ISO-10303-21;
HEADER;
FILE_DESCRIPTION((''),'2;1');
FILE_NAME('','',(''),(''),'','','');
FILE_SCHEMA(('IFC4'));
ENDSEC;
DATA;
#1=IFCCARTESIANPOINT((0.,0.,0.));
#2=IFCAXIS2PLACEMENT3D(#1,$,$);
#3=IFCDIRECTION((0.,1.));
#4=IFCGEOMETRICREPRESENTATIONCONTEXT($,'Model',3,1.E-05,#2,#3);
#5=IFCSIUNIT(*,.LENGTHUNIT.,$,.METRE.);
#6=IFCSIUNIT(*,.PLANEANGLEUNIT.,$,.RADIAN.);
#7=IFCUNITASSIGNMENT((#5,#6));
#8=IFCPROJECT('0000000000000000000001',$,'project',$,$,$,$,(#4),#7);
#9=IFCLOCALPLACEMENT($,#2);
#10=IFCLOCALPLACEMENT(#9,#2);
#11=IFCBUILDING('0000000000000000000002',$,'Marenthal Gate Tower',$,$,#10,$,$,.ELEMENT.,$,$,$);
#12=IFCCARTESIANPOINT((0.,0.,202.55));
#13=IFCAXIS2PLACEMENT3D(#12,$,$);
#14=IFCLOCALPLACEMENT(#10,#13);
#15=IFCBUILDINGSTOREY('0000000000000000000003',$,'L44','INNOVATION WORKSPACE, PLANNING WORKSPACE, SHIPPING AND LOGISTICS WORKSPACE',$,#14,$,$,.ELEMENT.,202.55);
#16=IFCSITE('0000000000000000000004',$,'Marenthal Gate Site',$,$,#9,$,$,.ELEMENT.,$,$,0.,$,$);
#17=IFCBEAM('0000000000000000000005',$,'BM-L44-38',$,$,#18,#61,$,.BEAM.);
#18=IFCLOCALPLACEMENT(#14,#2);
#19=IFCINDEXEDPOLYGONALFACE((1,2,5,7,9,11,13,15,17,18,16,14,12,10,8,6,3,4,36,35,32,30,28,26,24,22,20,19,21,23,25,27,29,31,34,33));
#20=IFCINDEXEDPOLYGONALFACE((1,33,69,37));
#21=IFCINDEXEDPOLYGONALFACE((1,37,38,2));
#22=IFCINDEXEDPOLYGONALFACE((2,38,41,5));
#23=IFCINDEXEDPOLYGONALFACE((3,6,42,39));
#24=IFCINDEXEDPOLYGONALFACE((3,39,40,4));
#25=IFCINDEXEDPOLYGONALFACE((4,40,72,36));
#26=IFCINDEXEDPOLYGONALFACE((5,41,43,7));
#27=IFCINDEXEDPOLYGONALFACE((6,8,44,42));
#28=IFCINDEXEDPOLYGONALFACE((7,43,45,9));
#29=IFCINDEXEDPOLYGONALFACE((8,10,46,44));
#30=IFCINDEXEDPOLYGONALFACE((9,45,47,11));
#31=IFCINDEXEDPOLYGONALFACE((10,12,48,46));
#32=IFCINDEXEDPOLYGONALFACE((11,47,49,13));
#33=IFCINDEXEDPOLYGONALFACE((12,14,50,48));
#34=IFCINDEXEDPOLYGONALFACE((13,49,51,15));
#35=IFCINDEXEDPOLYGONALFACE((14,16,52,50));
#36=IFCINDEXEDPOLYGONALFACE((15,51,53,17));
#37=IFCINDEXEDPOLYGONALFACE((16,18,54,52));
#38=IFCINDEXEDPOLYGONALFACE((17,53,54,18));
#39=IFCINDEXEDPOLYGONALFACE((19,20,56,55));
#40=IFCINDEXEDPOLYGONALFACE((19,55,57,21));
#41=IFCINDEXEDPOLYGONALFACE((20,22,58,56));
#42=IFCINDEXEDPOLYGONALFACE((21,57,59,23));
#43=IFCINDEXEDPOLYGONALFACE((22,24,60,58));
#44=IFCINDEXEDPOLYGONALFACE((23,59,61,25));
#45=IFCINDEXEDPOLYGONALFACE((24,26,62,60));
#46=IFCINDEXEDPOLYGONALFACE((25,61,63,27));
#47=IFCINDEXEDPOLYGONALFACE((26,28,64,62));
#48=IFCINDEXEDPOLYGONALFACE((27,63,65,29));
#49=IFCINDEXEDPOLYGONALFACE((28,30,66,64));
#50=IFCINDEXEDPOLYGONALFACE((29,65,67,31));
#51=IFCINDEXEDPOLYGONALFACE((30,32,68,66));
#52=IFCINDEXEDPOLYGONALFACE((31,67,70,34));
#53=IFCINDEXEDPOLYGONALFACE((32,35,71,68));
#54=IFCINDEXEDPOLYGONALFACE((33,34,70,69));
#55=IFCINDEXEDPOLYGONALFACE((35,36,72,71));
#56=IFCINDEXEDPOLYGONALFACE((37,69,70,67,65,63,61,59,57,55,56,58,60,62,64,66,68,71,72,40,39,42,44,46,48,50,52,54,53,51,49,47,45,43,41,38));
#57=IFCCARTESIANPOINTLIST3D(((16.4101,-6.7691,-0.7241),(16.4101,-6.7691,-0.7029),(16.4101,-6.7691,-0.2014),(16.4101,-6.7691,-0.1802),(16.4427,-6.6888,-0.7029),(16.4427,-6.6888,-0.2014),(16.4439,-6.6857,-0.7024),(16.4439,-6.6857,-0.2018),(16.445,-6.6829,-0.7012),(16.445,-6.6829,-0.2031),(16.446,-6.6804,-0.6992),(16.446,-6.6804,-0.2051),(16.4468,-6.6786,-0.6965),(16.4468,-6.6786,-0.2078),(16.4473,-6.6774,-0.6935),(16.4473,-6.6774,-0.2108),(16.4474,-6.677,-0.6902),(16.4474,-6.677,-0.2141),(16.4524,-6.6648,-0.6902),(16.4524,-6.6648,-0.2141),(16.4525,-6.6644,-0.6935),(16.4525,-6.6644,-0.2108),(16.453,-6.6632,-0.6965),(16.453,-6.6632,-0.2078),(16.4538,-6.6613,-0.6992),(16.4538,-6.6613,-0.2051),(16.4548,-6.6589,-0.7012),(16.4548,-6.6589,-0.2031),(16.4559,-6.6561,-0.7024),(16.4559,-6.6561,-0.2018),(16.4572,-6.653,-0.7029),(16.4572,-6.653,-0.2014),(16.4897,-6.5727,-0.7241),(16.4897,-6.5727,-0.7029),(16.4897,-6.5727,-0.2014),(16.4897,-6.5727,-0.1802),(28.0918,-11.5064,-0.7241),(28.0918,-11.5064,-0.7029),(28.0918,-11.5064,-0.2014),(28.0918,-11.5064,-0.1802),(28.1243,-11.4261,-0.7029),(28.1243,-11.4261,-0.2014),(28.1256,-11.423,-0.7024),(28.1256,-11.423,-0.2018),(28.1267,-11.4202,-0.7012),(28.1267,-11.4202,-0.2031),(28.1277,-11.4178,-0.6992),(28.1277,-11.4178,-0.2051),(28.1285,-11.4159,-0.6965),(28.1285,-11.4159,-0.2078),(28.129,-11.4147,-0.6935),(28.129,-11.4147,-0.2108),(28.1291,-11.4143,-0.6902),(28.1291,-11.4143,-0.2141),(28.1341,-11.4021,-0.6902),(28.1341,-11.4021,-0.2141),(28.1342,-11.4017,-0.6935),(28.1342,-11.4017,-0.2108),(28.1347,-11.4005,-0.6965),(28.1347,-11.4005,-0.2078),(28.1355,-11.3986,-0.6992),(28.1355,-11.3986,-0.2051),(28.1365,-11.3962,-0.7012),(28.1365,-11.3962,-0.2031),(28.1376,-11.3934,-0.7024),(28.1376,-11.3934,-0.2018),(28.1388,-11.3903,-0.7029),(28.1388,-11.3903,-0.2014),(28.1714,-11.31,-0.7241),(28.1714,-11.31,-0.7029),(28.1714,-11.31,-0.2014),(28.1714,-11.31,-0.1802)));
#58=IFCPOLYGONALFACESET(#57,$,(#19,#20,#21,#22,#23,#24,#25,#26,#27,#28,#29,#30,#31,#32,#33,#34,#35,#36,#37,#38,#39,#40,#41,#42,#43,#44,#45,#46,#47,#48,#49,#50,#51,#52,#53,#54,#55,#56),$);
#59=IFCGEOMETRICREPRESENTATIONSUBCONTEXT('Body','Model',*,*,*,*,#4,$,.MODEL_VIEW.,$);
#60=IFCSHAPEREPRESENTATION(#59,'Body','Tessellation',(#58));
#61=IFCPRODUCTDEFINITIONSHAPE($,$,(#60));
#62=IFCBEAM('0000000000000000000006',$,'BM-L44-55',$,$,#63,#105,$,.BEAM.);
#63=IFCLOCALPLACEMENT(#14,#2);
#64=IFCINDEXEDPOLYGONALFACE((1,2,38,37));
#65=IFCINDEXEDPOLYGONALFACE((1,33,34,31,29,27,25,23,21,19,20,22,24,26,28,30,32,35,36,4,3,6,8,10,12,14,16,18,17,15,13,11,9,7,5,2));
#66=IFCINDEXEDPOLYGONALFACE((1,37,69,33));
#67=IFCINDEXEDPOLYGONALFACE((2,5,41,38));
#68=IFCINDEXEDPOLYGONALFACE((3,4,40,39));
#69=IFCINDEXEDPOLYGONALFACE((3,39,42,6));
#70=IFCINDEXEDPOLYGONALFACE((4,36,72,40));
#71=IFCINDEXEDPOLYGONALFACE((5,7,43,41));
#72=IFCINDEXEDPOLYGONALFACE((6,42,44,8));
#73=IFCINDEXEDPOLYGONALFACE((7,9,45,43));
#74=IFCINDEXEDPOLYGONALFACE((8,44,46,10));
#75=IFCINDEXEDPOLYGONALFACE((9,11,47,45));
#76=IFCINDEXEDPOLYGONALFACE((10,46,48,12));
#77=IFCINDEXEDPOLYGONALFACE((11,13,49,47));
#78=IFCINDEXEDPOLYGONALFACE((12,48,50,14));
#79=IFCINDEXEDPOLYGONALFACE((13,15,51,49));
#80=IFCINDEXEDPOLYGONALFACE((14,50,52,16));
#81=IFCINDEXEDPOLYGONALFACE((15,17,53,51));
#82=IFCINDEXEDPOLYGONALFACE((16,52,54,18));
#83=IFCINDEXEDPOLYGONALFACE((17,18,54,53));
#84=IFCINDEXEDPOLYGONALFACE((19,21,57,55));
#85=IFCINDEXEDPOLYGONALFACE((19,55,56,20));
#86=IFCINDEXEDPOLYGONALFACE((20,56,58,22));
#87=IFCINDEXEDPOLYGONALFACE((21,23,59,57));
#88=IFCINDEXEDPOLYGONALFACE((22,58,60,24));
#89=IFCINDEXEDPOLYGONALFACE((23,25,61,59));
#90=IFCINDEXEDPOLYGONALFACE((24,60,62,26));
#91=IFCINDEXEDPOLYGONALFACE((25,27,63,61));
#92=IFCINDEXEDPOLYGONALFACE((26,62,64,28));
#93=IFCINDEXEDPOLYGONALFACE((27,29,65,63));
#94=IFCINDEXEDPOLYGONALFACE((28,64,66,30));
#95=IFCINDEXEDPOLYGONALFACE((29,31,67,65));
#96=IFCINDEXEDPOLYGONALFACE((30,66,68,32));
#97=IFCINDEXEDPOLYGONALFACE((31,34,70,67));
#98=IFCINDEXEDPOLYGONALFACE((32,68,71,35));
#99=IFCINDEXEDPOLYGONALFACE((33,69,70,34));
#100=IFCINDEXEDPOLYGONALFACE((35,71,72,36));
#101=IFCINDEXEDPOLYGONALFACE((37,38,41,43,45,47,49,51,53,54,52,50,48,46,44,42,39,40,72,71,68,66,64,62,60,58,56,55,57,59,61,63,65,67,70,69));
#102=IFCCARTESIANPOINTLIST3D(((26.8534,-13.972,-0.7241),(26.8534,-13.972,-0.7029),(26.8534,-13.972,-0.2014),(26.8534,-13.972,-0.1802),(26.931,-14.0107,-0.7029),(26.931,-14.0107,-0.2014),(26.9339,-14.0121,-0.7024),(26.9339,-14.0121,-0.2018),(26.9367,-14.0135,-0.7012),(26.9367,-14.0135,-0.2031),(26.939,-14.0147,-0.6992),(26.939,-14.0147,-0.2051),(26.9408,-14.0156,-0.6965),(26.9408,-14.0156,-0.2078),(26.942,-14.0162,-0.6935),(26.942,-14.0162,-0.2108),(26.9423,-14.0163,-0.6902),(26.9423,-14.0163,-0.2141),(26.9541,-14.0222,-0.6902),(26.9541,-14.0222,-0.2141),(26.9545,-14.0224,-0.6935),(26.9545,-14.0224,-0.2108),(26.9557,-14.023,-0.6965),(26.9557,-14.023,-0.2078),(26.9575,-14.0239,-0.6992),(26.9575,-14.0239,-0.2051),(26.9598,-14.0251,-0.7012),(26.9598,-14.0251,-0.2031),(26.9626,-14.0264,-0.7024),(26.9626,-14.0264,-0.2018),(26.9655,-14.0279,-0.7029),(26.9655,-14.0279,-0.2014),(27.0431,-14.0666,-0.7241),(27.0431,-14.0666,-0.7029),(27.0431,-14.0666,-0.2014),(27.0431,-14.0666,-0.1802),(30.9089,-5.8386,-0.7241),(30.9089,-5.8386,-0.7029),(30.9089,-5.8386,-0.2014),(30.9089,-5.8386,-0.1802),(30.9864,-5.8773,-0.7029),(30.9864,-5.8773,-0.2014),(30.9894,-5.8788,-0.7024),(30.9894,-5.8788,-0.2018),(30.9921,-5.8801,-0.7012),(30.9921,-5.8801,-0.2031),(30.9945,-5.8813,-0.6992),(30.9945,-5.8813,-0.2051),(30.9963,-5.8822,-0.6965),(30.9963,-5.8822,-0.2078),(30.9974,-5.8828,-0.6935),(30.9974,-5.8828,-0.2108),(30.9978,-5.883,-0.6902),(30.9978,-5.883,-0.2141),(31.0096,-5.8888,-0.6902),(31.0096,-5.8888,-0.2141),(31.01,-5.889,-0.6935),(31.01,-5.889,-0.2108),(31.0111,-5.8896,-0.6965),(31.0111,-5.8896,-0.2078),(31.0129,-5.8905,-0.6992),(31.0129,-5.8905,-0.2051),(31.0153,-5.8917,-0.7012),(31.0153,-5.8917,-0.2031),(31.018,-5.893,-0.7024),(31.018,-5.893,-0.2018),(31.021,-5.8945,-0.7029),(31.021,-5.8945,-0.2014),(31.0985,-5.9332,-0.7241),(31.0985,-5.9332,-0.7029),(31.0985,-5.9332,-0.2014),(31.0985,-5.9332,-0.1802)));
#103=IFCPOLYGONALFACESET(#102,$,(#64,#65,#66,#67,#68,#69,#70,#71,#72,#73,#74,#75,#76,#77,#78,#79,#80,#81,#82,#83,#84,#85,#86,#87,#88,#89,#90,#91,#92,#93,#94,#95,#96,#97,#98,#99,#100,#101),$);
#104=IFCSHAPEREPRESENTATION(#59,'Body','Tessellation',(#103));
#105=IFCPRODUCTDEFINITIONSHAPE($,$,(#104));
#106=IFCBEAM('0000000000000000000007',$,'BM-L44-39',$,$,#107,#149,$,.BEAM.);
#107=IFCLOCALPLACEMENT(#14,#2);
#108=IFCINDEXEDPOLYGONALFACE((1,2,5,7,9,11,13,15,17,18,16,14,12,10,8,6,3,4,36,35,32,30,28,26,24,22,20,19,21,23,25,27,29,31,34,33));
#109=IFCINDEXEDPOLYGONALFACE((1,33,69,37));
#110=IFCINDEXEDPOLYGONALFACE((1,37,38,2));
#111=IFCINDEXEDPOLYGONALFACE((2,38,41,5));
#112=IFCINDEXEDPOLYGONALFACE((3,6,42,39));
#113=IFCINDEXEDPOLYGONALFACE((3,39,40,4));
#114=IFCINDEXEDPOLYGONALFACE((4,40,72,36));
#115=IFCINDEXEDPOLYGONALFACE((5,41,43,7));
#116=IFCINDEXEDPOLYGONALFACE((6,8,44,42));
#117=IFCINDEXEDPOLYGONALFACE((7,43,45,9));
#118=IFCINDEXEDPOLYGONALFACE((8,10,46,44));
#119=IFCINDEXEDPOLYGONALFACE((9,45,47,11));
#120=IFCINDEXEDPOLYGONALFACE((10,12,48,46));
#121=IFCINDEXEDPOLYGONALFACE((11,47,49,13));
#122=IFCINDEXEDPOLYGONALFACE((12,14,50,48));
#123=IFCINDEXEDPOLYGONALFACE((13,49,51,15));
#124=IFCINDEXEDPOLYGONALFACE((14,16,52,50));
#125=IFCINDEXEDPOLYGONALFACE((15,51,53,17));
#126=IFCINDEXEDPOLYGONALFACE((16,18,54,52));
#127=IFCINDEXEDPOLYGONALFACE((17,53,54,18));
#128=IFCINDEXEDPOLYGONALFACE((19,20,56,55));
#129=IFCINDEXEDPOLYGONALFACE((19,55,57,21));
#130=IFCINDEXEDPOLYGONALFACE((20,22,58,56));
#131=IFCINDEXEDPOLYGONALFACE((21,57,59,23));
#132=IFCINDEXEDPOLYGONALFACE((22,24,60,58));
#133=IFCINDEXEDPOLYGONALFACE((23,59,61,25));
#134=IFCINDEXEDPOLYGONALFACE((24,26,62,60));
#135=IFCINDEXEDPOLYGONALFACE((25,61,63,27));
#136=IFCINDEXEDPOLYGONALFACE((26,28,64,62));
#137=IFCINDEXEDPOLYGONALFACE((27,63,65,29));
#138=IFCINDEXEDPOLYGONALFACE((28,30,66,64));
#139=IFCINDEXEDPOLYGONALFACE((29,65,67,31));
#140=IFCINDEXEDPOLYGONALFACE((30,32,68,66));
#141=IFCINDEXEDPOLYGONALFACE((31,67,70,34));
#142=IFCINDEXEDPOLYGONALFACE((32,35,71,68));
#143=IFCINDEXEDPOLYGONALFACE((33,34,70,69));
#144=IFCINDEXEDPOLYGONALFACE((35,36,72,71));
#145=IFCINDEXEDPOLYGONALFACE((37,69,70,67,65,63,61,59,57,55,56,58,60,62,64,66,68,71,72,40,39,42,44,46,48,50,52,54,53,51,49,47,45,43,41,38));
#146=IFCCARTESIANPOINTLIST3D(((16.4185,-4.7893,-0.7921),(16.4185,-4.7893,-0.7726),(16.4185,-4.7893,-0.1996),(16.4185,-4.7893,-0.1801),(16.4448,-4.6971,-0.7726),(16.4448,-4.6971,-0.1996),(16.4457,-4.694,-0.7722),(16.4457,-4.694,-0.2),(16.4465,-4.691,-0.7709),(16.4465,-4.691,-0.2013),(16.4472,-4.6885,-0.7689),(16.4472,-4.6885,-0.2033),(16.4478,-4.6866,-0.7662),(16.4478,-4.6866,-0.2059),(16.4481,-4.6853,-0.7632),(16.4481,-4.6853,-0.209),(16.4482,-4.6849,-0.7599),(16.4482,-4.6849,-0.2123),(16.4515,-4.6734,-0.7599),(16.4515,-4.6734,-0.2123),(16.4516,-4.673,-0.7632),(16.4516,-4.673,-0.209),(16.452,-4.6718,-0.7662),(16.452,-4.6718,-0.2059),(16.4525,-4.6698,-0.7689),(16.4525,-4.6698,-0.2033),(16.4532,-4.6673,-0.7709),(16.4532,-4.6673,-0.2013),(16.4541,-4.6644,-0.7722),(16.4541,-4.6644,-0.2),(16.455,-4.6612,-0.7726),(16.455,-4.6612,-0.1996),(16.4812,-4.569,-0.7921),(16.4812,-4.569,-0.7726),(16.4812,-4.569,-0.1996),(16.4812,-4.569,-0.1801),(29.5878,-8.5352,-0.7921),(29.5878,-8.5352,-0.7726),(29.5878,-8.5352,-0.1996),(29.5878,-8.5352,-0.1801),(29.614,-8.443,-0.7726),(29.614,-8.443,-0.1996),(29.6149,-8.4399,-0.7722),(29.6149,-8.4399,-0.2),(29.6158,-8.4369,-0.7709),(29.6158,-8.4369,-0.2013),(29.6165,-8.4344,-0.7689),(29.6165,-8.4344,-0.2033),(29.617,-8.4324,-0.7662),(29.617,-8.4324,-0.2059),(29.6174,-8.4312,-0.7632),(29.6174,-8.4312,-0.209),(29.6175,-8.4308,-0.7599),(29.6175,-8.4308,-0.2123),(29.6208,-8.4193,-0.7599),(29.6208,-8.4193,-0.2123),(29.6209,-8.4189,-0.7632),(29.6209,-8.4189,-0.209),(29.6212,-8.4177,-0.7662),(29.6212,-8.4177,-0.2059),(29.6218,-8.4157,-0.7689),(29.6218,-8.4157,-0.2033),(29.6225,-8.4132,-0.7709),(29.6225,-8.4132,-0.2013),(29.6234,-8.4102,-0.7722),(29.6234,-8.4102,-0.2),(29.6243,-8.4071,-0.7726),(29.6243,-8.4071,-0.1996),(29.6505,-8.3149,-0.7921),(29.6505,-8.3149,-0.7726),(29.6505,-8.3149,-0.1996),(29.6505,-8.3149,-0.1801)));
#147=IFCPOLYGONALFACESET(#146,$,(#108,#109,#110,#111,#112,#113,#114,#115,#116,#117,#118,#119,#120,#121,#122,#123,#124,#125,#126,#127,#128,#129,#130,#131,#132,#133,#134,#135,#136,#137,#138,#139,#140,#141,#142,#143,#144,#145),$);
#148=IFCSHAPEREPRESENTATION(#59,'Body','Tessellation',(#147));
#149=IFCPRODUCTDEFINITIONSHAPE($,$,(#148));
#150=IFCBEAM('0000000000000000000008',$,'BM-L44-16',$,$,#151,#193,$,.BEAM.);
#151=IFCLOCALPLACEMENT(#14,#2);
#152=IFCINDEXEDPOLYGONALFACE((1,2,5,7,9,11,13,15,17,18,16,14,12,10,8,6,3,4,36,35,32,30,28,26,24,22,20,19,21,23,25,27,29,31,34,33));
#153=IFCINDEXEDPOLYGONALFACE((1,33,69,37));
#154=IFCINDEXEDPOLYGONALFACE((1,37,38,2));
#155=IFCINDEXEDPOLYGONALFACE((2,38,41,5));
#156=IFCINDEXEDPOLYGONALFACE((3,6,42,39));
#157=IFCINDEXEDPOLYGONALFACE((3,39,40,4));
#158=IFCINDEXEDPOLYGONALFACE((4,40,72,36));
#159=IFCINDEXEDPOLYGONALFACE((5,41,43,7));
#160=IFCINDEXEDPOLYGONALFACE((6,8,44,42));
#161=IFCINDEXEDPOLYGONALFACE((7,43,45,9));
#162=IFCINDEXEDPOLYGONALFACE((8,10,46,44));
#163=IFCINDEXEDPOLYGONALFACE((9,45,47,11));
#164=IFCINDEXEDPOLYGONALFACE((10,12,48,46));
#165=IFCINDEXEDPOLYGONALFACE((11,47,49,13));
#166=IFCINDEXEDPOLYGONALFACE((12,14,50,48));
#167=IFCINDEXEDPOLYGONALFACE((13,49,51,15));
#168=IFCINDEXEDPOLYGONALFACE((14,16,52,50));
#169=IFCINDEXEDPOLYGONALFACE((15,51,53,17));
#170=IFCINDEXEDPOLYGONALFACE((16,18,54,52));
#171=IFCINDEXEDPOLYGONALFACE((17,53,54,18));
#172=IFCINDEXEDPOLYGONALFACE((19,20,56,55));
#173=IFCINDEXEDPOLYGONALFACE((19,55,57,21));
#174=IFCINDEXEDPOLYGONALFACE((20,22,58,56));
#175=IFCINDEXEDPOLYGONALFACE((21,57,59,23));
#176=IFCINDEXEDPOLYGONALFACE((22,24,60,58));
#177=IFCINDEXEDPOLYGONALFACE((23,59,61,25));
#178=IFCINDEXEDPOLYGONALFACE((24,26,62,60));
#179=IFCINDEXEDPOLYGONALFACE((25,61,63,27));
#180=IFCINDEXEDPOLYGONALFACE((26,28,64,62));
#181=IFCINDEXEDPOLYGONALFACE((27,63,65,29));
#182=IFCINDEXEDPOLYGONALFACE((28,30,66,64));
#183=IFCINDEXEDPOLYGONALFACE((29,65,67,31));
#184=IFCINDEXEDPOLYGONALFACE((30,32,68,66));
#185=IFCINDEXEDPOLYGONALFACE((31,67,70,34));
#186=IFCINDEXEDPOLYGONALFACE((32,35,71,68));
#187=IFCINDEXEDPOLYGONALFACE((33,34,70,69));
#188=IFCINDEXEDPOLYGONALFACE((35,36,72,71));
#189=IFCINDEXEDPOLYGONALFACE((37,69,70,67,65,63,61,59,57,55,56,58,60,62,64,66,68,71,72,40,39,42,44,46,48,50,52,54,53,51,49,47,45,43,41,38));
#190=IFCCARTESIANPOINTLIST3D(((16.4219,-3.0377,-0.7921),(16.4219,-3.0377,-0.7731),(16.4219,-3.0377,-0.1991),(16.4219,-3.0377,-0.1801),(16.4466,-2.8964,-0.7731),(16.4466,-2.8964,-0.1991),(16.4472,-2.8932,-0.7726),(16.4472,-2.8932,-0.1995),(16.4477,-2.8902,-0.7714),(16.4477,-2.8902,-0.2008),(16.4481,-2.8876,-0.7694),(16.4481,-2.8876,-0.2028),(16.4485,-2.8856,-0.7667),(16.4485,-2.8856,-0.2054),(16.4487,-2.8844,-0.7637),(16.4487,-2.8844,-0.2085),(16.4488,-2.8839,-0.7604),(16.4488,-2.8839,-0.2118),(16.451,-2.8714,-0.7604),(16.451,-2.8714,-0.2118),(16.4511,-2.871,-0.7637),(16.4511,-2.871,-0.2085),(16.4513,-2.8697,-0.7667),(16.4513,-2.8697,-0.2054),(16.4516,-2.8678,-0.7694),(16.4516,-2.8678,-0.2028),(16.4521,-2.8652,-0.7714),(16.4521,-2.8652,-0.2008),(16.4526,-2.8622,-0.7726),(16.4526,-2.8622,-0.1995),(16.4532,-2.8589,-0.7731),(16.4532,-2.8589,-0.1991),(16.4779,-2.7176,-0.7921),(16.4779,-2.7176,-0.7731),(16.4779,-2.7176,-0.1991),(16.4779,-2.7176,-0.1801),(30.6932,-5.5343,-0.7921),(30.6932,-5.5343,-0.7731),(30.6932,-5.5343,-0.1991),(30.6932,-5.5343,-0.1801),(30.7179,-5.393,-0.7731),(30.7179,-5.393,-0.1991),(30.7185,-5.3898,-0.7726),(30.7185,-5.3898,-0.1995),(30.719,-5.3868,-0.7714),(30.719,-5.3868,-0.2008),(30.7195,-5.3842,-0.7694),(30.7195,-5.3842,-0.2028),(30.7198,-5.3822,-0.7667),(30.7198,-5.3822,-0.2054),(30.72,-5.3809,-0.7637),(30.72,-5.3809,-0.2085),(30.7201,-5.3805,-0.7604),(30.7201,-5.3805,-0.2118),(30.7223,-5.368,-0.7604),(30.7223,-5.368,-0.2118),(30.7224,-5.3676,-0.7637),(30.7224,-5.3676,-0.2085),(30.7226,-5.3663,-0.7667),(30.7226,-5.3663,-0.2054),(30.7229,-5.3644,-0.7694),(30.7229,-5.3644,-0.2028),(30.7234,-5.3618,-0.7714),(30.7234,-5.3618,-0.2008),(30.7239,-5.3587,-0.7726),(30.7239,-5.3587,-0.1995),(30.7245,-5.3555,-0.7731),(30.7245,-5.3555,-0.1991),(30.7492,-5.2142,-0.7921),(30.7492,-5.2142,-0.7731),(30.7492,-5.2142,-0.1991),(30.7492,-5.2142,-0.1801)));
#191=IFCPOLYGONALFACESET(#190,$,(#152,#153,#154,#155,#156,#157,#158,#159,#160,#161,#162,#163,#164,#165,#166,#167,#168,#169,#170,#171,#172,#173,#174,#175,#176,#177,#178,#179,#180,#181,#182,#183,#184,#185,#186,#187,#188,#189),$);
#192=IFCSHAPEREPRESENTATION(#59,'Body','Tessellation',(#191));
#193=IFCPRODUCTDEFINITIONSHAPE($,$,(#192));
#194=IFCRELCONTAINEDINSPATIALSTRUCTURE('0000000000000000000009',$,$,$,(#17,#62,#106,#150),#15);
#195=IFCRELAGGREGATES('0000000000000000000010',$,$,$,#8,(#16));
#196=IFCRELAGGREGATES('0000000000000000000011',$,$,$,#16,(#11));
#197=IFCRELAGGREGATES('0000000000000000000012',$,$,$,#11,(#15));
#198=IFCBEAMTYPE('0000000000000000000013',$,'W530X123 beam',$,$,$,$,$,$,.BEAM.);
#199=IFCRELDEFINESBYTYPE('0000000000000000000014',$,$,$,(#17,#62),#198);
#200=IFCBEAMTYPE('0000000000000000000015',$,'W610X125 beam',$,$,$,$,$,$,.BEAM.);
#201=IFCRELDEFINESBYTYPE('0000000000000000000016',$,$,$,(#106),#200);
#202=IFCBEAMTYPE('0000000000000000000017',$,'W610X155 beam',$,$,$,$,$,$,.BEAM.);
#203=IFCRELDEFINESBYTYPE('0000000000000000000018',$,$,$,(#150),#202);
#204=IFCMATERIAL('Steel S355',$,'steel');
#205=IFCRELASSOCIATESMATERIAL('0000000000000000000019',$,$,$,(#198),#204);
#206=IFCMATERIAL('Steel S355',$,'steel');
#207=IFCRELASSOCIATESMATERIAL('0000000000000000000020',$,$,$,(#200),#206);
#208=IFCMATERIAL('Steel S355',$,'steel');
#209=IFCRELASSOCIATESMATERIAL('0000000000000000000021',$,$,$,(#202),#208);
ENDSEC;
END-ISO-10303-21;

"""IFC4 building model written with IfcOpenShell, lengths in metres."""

from ifc_helpers import new_model, si_unit, direction, frame, origin, origin_2d, place, context, subcontext, project, spatial, i_section, extrude, material, material_profile, profile_set, type_object, element, save


model = new_model("IFC4")

# Units and contexts
model_context = context("Model", 3, precision=1e-05, world=origin(), true_north=direction((0.0, 1.0)))
body_context = subcontext(model_context, "Body", "Model", "MODEL_VIEW")
ifc_project = project(units=[si_unit("LENGTHUNIT", "METRE"), si_unit("PLANEANGLEUNIT", "RADIAN")], contexts=[model_context])

# Site, building, storey
site_placement = place(None, origin())
site = spatial("IfcSite", under=ifc_project, at=site_placement, Name="Marenthal Gate Site", CompositionType="ELEMENT", RefElevation=0.0)
building_placement = place(site_placement, origin())
building = spatial("IfcBuilding", under=site, at=building_placement, Name="Marenthal Gate Tower", CompositionType="ELEMENT")
storey_placement = place(building_placement, frame((0.0, 0.0, 202.55)))
storey = spatial("IfcBuildingStorey", under=building, at=storey_placement, Name="L44", Description="INNOVATION WORKSPACE, PLANNING WORKSPACE, SHIPPING AND LOGISTICS WORKSPACE", CompositionType="ELEMENT", Elevation=202.55)

# Beams
ifc_material_1 = material(Name="Steel S355", Category="steel")
ifc_material_profile_1 = material_profile(ifc_material_1, i_section(OverallWidth=0.2119, OverallDepth=0.5439, WebThickness=0.0132, FlangeThickness=0.0212, FilletRadius=0.0127, at=origin_2d()), Name="W530X123")
ifc_profile_set_1 = profile_set([ifc_material_profile_1], Name="Steel S355")
beam_type_1 = type_object("IfcBeamType", Name="W530X123 beam", PredefinedType="BEAM", material=ifc_profile_set_1)
beam_1_placement = place(storey_placement, frame((28.1316, -11.4082, -0.4521), z_axis=(-0.926698, 0.375808, 0.0), x_axis=(-0.375808, -0.926698, 0.0)))
element("IfcBeam", 1, at=beam_1_placement, inside=storey, type_object=beam_type_1, Name="BM-L44-38", PredefinedType="BEAM", context=body_context, shape_type="SweptSolid", body=[
    extrude(i_section(OverallWidth=0.2119, OverallDepth=0.5439, WebThickness=0.0132, FlangeThickness=0.0212, FilletRadius=0.0127, at=origin_2d()), origin(), (0.0, 0.0, 1.0), 12.6057),
])
beam_2_placement = place(storey_placement, frame((26.9482, -14.0193, -0.4521), z_axis=(0.446225, 0.894921, 0.0), x_axis=(-0.894921, 0.446225, 0.0)))
element("IfcBeam", 2, at=beam_2_placement, inside=storey, type_object=beam_type_1, Name="BM-L44-55", PredefinedType="BEAM", context=body_context, shape_type="SweptSolid", body=[
    extrude(i_section(OverallWidth=0.2119, OverallDepth=0.5439, WebThickness=0.0132, FlangeThickness=0.0212, FilletRadius=0.0127, at=origin_2d()), origin(), (0.0, 0.0, 1.0), 9.0884),
])
ifc_material_2 = material(Name="Steel S355", Category="steel")
ifc_material_profile_2 = material_profile(ifc_material_2, i_section(OverallWidth=0.229, OverallDepth=0.6121, WebThickness=0.012, FlangeThickness=0.0195, FilletRadius=0.0127, at=origin_2d()), Name="W610X125")
ifc_profile_set_2 = profile_set([ifc_material_profile_2], Name="Steel S355")
beam_type_2 = type_object("IfcBeamType", Name="W610X125 beam", PredefinedType="BEAM", material=ifc_profile_set_2)
beam_3_placement = place(storey_placement, frame((29.6191, -8.425, -0.4861), z_axis=(-0.961847, 0.273588, 0.0), x_axis=(-0.273588, -0.961847, 0.0)))
element("IfcBeam", 3, at=beam_3_placement, inside=storey, type_object=beam_type_2, Name="BM-L44-39", PredefinedType="BEAM", context=body_context, shape_type="SweptSolid", body=[
    extrude(i_section(OverallWidth=0.229, OverallDepth=0.6121, WebThickness=0.012, FlangeThickness=0.0195, FilletRadius=0.0127, at=origin_2d()), origin(), (0.0, 0.0, 1.0), 13.6917),
])
ifc_material_3 = material(Name="Steel S355", Category="steel")
ifc_material_profile_3 = material_profile(ifc_material_3, i_section(OverallWidth=0.325, OverallDepth=0.6121, WebThickness=0.0127, FlangeThickness=0.019, FilletRadius=0.0127, at=origin_2d()), Name="W610X155")
ifc_profile_set_3 = profile_set([ifc_material_profile_3], Name="Steel S355")
beam_type_3 = type_object("IfcBeamType", Name="W610X155 beam", PredefinedType="BEAM", material=ifc_profile_set_3)
beam_4_placement = place(storey_placement, frame((30.7212, -5.3743, -0.4861), z_axis=(-0.985041, 0.172321, 0.0), x_axis=(-0.172321, -0.985041, 0.0)))
element("IfcBeam", 4, at=beam_4_placement, inside=storey, type_object=beam_type_3, Name="BM-L44-16", PredefinedType="BEAM", context=body_context, shape_type="SweptSolid", body=[
    extrude(i_section(OverallWidth=0.325, OverallDepth=0.6121, WebThickness=0.0127, FlangeThickness=0.019, FilletRadius=0.0127, at=origin_2d()), origin(), (0.0, 0.0, 1.0), 14.488),
])

save(model, "model.ifc")
